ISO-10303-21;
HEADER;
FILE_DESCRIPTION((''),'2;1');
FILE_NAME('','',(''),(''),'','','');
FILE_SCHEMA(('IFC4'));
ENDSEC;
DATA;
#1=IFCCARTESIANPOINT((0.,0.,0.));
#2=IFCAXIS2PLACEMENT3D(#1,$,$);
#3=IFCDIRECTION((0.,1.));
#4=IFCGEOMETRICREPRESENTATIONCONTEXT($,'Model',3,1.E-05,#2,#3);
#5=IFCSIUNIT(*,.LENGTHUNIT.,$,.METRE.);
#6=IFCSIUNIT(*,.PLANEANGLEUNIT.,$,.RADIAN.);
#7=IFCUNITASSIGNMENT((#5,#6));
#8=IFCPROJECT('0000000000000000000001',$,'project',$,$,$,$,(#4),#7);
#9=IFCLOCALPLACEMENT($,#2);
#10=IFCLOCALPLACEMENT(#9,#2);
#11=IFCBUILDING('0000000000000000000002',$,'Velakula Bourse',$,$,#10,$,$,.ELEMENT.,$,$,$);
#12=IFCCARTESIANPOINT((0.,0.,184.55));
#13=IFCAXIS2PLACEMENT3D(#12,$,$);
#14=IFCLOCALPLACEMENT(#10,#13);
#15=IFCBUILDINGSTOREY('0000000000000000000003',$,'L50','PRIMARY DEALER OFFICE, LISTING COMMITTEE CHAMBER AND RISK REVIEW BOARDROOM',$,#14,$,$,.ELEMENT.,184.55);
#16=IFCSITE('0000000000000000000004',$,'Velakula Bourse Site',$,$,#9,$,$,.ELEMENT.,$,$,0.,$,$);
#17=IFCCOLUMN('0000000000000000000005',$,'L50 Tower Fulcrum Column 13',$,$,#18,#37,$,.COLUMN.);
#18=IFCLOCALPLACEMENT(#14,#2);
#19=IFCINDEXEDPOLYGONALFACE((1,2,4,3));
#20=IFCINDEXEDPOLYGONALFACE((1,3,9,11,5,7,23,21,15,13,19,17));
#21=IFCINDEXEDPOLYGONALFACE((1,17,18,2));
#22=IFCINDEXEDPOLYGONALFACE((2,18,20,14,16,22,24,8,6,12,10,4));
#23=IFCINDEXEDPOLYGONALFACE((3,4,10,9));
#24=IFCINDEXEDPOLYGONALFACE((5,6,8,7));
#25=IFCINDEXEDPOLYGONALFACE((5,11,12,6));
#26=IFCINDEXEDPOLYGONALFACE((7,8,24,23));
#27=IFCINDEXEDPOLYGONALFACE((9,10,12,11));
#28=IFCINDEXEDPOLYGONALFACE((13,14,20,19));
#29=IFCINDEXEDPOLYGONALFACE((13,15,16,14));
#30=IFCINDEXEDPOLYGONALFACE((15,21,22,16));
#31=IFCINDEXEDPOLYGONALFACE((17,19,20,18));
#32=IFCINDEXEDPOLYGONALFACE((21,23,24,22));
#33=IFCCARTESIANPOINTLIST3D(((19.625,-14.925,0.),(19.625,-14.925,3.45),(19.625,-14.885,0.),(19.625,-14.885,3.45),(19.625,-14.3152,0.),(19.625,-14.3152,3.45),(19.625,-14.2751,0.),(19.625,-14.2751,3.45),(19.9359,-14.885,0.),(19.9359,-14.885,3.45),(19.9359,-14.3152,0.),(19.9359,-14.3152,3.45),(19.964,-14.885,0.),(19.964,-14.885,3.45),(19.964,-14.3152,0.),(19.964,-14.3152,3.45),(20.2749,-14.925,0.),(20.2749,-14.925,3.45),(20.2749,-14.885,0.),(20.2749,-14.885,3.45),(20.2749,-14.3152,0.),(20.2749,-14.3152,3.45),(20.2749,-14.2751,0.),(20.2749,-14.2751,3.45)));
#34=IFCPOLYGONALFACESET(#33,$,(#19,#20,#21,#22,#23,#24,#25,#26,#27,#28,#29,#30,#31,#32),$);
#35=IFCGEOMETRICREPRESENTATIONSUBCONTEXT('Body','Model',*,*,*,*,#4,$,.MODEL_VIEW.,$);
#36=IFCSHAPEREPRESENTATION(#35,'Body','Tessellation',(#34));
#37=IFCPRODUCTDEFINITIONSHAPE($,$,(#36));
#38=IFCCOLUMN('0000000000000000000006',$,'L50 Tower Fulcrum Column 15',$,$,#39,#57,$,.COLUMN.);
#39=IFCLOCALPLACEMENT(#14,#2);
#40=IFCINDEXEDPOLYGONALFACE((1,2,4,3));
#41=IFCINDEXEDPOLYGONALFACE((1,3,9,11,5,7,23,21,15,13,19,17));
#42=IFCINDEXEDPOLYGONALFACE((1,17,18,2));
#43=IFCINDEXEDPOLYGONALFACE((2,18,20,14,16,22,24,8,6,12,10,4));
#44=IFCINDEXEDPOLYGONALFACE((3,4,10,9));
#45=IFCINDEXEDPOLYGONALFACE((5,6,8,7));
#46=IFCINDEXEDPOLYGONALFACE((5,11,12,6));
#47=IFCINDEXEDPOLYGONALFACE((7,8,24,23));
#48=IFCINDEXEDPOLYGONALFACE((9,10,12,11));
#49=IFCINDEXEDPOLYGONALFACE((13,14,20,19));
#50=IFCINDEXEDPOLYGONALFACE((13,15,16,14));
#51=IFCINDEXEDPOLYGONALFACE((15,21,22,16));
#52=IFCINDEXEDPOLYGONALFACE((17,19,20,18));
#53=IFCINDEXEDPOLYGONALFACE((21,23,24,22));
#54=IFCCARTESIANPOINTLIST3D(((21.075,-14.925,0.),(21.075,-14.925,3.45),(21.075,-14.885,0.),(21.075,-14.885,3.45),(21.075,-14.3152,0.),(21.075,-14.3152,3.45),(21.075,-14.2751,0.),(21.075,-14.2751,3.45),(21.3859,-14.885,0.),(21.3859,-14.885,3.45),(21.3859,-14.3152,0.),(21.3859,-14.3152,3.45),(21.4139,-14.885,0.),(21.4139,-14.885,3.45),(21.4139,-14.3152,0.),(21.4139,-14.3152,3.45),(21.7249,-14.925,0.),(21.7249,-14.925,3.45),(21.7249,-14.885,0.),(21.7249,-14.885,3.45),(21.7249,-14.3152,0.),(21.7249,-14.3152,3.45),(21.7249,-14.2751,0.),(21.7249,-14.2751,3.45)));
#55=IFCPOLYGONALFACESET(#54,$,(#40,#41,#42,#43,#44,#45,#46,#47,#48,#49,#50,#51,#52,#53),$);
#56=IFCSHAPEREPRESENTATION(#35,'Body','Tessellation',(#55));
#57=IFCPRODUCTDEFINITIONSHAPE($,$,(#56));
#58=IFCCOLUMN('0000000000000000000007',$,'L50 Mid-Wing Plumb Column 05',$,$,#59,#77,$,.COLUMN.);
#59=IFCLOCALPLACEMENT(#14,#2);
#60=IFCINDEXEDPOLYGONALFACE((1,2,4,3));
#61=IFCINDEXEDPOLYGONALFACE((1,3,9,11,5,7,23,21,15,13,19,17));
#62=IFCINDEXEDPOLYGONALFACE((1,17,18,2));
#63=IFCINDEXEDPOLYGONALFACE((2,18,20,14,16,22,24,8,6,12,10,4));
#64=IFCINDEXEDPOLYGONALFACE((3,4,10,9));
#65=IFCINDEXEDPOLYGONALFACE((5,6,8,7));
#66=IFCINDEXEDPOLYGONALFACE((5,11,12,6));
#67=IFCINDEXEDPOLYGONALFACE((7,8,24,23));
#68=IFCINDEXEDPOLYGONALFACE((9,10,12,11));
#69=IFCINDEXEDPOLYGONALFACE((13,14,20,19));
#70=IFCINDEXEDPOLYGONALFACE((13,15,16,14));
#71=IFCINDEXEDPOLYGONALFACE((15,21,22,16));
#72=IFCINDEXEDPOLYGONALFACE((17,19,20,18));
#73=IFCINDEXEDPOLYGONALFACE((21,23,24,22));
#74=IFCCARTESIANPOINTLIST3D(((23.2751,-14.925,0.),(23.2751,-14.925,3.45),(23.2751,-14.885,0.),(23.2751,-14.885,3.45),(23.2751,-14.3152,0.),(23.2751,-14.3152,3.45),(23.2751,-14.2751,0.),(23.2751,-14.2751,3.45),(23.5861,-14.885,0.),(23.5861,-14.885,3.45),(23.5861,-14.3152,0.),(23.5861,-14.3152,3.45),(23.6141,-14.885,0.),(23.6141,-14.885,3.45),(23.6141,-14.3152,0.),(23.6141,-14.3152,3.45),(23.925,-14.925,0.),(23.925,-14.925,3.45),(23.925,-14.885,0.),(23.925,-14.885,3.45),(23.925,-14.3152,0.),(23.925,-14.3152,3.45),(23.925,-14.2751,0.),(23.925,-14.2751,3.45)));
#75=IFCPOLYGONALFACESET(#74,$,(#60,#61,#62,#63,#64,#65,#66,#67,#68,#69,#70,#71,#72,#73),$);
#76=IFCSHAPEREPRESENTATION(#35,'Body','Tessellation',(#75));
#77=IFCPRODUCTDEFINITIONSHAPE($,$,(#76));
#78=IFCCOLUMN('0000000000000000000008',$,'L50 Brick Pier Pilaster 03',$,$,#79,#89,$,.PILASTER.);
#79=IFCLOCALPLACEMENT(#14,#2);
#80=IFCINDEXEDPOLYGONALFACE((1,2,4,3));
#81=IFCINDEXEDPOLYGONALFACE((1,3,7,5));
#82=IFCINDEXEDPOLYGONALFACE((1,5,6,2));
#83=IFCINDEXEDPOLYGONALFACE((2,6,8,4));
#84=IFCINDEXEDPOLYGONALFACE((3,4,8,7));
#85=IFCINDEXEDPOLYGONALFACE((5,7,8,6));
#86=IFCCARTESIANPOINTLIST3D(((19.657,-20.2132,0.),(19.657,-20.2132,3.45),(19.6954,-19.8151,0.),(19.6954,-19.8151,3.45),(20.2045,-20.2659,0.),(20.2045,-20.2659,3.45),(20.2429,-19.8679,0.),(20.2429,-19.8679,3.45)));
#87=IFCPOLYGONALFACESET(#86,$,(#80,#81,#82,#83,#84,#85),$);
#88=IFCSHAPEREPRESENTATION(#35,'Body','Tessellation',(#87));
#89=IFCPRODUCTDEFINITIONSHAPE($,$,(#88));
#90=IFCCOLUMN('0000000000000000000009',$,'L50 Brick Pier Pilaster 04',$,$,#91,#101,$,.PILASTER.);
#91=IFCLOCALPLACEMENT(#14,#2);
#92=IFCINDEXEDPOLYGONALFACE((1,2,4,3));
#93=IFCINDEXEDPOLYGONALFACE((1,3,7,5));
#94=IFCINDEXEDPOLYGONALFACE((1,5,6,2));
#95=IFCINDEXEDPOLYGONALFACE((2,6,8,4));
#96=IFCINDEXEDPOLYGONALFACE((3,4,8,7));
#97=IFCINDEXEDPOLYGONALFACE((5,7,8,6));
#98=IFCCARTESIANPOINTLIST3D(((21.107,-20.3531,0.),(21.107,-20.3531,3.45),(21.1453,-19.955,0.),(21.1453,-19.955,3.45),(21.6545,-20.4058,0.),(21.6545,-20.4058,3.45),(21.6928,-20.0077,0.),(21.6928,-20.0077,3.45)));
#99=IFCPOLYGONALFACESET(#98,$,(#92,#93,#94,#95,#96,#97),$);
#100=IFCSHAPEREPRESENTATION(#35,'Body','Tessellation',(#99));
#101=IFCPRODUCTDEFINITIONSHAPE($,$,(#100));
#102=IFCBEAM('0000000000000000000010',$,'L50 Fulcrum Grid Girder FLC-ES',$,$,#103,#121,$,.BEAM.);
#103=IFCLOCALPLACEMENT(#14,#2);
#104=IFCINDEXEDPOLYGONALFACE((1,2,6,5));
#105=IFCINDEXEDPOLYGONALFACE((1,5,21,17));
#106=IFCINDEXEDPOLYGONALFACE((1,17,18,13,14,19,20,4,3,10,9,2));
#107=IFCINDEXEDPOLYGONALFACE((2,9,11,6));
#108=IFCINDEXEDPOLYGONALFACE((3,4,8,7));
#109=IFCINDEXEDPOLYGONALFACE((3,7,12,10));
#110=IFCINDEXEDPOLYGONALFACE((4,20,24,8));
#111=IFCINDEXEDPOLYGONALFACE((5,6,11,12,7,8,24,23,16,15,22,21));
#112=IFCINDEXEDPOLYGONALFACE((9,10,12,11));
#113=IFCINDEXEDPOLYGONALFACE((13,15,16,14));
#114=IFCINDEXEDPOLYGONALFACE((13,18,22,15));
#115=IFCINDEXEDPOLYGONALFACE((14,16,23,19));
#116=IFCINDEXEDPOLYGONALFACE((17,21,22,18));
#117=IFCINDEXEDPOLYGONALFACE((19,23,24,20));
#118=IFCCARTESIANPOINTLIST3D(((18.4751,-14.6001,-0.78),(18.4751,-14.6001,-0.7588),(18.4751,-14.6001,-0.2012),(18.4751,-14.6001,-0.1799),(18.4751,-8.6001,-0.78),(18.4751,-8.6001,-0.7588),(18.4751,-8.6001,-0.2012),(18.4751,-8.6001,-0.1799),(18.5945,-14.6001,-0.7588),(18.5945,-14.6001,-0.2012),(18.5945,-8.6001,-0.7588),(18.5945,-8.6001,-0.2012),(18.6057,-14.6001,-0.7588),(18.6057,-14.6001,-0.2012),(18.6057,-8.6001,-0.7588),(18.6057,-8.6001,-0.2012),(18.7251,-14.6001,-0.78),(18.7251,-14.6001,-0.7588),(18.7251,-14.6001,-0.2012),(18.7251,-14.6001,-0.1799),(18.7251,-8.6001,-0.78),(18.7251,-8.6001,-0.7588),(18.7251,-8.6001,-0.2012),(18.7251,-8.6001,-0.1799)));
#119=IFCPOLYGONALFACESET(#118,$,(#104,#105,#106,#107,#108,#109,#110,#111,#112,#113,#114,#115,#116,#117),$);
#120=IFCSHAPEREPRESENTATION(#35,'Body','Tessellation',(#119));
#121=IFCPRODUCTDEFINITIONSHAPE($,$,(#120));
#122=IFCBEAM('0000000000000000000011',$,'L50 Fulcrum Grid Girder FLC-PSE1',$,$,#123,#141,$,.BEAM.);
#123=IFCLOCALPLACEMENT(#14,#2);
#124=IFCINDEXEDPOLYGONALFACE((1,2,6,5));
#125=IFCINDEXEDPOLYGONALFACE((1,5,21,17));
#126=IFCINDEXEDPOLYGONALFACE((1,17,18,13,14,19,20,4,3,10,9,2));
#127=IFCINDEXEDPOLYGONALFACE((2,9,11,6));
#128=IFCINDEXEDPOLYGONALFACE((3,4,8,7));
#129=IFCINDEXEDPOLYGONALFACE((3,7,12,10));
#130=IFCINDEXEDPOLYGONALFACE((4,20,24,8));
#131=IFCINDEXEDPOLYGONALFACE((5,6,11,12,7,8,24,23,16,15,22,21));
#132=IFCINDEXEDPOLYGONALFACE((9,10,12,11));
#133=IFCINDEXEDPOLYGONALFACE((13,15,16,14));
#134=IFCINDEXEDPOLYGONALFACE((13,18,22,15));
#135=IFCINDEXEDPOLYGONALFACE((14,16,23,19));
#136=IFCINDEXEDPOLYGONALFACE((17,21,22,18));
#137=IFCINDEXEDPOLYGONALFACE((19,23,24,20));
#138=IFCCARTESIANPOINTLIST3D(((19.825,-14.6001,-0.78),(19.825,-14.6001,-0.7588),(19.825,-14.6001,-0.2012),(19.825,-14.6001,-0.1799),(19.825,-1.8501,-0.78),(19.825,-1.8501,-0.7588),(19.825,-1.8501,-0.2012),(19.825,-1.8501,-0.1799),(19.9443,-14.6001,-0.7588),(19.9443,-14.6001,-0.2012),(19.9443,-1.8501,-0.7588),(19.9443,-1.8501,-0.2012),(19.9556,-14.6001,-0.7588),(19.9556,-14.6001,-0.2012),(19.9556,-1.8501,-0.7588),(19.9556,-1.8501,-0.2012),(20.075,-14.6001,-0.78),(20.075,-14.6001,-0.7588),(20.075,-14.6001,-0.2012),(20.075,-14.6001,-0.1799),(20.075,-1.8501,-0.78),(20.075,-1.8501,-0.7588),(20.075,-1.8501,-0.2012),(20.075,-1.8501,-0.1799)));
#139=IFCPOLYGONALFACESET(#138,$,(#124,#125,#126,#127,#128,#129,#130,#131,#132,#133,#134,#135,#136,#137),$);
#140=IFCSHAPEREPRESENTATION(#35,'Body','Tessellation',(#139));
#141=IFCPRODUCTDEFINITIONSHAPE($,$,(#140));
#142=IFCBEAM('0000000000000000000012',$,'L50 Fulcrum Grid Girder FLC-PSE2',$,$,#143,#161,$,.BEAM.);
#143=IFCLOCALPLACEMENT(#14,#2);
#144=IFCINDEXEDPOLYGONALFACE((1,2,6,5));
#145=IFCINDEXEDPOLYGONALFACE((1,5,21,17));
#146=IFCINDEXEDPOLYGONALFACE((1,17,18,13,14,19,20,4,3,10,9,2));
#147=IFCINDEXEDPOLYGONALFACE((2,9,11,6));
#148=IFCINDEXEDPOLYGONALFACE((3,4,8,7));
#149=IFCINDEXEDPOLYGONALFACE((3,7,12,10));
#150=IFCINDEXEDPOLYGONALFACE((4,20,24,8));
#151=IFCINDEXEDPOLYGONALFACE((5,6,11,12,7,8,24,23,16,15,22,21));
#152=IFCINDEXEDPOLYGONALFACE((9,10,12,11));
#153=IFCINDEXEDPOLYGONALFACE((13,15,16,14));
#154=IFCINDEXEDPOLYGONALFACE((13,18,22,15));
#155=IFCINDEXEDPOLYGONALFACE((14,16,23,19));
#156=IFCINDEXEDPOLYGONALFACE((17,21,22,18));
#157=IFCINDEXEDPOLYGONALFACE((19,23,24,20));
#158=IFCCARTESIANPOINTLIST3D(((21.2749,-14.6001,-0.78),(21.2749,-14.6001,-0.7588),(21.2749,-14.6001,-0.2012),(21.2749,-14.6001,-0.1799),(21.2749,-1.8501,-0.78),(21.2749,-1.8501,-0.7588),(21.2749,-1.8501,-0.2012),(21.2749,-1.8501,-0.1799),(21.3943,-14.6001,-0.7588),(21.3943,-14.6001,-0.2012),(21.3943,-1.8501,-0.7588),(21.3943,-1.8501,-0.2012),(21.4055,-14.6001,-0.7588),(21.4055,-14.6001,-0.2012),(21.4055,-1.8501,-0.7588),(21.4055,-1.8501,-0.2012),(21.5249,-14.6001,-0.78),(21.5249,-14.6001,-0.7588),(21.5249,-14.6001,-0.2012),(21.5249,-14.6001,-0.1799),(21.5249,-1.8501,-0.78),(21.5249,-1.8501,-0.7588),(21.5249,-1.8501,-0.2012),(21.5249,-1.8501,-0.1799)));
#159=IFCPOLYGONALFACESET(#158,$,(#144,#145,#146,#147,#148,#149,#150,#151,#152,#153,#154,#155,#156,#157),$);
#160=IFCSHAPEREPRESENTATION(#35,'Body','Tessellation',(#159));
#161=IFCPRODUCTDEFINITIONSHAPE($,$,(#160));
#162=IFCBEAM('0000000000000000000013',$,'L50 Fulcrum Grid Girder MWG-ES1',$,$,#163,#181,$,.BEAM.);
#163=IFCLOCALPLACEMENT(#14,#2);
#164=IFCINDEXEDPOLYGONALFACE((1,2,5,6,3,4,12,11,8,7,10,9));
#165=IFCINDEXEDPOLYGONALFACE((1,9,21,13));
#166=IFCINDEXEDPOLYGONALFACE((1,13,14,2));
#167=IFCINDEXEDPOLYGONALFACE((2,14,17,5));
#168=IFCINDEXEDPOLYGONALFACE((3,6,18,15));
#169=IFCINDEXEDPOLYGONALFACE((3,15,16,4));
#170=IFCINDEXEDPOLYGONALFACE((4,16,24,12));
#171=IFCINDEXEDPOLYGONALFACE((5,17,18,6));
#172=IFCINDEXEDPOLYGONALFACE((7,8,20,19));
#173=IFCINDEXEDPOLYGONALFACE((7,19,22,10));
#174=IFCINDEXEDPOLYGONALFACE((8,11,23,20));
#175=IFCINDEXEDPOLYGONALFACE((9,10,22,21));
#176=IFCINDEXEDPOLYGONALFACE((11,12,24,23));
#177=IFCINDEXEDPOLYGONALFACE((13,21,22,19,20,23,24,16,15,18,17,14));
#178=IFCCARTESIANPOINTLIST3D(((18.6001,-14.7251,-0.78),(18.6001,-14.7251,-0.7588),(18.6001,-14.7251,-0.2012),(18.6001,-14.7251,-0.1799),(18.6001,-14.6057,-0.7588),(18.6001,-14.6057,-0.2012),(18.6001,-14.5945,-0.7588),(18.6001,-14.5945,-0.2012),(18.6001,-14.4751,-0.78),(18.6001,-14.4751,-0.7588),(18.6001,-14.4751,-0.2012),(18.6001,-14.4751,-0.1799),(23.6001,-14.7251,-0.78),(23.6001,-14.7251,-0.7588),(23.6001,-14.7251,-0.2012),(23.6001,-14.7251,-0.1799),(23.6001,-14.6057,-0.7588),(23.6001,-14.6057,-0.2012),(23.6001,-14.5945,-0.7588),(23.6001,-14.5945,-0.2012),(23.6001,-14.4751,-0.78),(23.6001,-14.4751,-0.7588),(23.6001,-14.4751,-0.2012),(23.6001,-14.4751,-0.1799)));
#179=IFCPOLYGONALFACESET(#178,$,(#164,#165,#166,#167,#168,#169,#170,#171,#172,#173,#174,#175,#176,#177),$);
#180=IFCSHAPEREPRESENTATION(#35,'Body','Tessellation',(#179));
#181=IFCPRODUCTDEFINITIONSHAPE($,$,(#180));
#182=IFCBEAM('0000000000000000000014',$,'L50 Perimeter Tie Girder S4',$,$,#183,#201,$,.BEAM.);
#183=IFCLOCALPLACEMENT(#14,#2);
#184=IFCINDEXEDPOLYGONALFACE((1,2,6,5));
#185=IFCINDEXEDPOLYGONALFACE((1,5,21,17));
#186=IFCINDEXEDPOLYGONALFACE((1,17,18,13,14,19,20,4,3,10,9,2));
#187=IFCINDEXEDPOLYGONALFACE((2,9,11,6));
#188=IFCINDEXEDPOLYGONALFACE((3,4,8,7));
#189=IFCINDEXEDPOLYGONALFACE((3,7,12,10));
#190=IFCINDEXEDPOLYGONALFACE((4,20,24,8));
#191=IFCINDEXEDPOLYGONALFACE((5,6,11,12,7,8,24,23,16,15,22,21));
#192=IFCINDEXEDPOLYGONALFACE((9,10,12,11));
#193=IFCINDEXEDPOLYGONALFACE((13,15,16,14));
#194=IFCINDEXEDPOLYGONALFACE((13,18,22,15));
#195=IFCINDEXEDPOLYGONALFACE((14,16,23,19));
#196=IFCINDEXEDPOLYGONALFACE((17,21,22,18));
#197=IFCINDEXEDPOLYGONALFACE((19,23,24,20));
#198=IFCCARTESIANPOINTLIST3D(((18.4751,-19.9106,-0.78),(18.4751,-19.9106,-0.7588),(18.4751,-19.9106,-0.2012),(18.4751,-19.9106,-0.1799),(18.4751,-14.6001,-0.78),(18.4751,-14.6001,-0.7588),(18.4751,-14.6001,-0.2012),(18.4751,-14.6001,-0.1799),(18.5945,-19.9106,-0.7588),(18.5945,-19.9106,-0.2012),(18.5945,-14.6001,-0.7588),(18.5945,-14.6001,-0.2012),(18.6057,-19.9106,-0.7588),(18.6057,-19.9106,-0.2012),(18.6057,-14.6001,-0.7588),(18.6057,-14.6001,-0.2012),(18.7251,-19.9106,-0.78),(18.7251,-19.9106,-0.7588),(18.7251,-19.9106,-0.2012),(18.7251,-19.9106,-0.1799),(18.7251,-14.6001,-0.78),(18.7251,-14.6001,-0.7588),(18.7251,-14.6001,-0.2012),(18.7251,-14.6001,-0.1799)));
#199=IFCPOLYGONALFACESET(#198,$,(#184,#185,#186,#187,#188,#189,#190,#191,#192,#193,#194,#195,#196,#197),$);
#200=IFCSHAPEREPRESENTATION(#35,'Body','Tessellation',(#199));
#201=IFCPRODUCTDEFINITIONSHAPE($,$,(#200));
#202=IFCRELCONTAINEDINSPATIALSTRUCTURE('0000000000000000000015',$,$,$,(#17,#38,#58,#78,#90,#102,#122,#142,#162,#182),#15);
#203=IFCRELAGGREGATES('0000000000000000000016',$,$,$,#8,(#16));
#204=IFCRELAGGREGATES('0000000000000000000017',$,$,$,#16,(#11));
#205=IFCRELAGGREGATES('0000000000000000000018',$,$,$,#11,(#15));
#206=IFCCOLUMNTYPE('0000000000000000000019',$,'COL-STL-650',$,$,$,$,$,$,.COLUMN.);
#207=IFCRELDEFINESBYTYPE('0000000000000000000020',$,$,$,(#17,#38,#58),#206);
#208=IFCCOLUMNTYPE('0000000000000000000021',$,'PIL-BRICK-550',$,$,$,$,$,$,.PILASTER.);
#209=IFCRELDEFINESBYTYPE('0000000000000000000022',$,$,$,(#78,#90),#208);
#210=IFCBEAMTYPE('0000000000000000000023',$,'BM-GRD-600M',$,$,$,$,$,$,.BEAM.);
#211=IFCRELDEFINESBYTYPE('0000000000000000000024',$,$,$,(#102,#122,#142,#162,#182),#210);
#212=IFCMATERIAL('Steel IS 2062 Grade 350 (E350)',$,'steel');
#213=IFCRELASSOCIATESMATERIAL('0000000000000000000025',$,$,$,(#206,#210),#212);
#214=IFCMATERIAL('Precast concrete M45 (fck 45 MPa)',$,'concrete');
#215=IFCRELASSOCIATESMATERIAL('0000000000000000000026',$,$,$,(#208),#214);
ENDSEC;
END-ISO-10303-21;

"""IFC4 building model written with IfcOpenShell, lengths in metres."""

from ifc_helpers import new_model, si_unit, direction, frame, origin, origin_2d, place, context, subcontext, project, spatial, rectangle, i_section, extrude, material, material_profile, profile_set, type_object, element, save


model = new_model("IFC4")

# Units and contexts
model_context = context("Model", 3, precision=1e-05, world=origin(), true_north=direction((0.0, 1.0)))
body_context = subcontext(model_context, "Body", "Model", "MODEL_VIEW")
ifc_project = project(units=[si_unit("LENGTHUNIT", "METRE"), si_unit("PLANEANGLEUNIT", "RADIAN")], contexts=[model_context])

# Site, building, storey
site_placement = place(None, origin())
site = spatial("IfcSite", under=ifc_project, at=site_placement, Name="Velakula Bourse Site", CompositionType="ELEMENT", RefElevation=0.0)
building_placement = place(site_placement, origin())
building = spatial("IfcBuilding", under=site, at=building_placement, Name="Velakula Bourse", CompositionType="ELEMENT")
storey_placement = place(building_placement, frame((0.0, 0.0, 184.55)))
storey = spatial("IfcBuildingStorey", under=building, at=storey_placement, Name="L50", Description="PRIMARY DEALER OFFICE, LISTING COMMITTEE CHAMBER AND RISK REVIEW BOARDROOM", CompositionType="ELEMENT", Elevation=184.55)

# Columns
ifc_material_1 = material(Name="Steel IS 2062 Grade 350 (E350)", Category="steel")
ifc_material_profile_1 = material_profile(ifc_material_1, i_section(OverallWidth=0.6499, OverallDepth=0.6499, WebThickness=0.0281, FlangeThickness=0.04, at=origin_2d()), Name="Steel IS 2062 Grade 350 (E350)")
ifc_profile_set_1 = profile_set([ifc_material_profile_1], Name="Steel IS 2062 Grade 350 (E350)")
column_type_1 = type_object("IfcColumnType", Name="COL-STL-650", PredefinedType="COLUMN", material=ifc_profile_set_1)
for number, where, z_axis, x_axis, name in (
    (1, (19.95, -14.6001, 0.0), (0.0, 0.0, 1.0), (1.0, 0.0, 0.0), "L50 Tower Fulcrum Column 13"),
    (2, (21.3999, -14.6001, 0.0), (0.0, 0.0, 1.0), (1.0, 0.0, 0.0), "L50 Tower Fulcrum Column 15"),
    (3, (23.6001, -14.6001, 0.0), (0.0, 0.0, 1.0), (1.0, 0.0, 0.0), "L50 Mid-Wing Plumb Column 05"),
):
    element("IfcColumn", number, at=place(storey_placement, frame(where, z_axis=z_axis, x_axis=x_axis)), inside=storey, type_object=column_type_1, Name=name, PredefinedType="COLUMN", context=body_context, shape_type="SweptSolid", body=[
        extrude(i_section(OverallWidth=0.6499, OverallDepth=0.6499, WebThickness=0.0281, FlangeThickness=0.04, at=origin_2d()), origin(), (0.0, 0.0, 1.0), 3.45),
    ])
ifc_material_2 = material(Name="Precast concrete M45 (fck 45 MPa)", Category="concrete")
ifc_material_profile_2 = material_profile(ifc_material_2, rectangle(XDim=0.55, YDim=0.3999, at=origin_2d()), Name="Precast concrete M45 (fck 45 MPa)")
ifc_profile_set_2 = profile_set([ifc_material_profile_2], Name="Precast concrete M45 (fck 45 MPa)")
column_type_2 = type_object("IfcColumnType", Name="PIL-BRICK-550", PredefinedType="PILASTER", material=ifc_profile_set_2)
for number, where, z_axis, x_axis, name in (
    (4, (19.95, -20.0405, 0.0), (0.0, 0.0, 1.0), (0.995396, -0.095846, 0.0), "L50 Brick Pier Pilaster 03"),
    (5, (21.3999, -20.1804, 0.0), (0.0, 0.0, 1.0), (0.995396, -0.095846, 0.0), "L50 Brick Pier Pilaster 04"),
):
    element("IfcColumn", number, at=place(storey_placement, frame(where, z_axis=z_axis, x_axis=x_axis)), inside=storey, type_object=column_type_2, Name=name, PredefinedType="PILASTER", context=body_context, shape_type="SweptSolid", body=[
        extrude(rectangle(XDim=0.55, YDim=0.3999, at=origin_2d()), origin(), (0.0, 0.0, 1.0), 3.45),
    ])

# Beams
ifc_material_profile_3 = material_profile(ifc_material_1, i_section(OverallWidth=0.25, OverallDepth=0.6001, WebThickness=0.0112, FlangeThickness=0.0212, at=origin_2d()), Name="Steel IS 2062 Grade 350 (E350)")
ifc_profile_set_3 = profile_set([ifc_material_profile_3], Name="Steel IS 2062 Grade 350 (E350)")
beam_type_1 = type_object("IfcBeamType", Name="BM-GRD-600M", PredefinedType="BEAM", material=ifc_profile_set_3)
beam_1_placement = place(storey_placement, frame((18.6001, -14.6001, -0.48), z_axis=(0.0, 1.0, 0.0), x_axis=(-1.0, 0.0, 0.0)))
element("IfcBeam", 6, at=beam_1_placement, inside=storey, type_object=beam_type_1, Name="L50 Fulcrum Grid Girder FLC-ES", PredefinedType="BEAM", context=body_context, shape_type="SweptSolid", body=[
    extrude(i_section(OverallWidth=0.25, OverallDepth=0.6001, WebThickness=0.0112, FlangeThickness=0.0212, at=origin_2d()), origin(), (0.0, 0.0, 1.0), 6.0),
])
for number, where, z_axis, x_axis, name in (
    (7, (19.95, -14.6001, -0.48), (0.0, 1.0, 0.0), (-1.0, 0.0, 0.0), "L50 Fulcrum Grid Girder FLC-PSE1"),
    (8, (21.3999, -14.6001, -0.48), (0.0, 1.0, 0.0), (-1.0, 0.0, 0.0), "L50 Fulcrum Grid Girder FLC-PSE2"),
):
    element("IfcBeam", number, at=place(storey_placement, frame(where, z_axis=z_axis, x_axis=x_axis)), inside=storey, type_object=beam_type_1, Name=name, PredefinedType="BEAM", context=body_context, shape_type="SweptSolid", body=[
        extrude(i_section(OverallWidth=0.25, OverallDepth=0.6001, WebThickness=0.0112, FlangeThickness=0.0212, at=origin_2d()), origin(), (0.0, 0.0, 1.0), 12.75),
    ])
beam_2_placement = place(storey_placement, frame((18.6001, -14.6001, -0.48), z_axis=(1.0, 0.0, 0.0), x_axis=(0.0, 1.0, 0.0)))
element("IfcBeam", 9, at=beam_2_placement, inside=storey, type_object=beam_type_1, Name="L50 Fulcrum Grid Girder MWG-ES1", PredefinedType="BEAM", context=body_context, shape_type="SweptSolid", body=[
    extrude(i_section(OverallWidth=0.25, OverallDepth=0.6001, WebThickness=0.0112, FlangeThickness=0.0212, at=origin_2d()), origin(), (0.0, 0.0, 1.0), 5.0),
])
beam_3_placement = place(storey_placement, frame((18.6001, -14.6001, -0.48), z_axis=(0.0, -1.0, 0.0), x_axis=(1.0, 0.0, 0.0)))
element("IfcBeam", 10, at=beam_3_placement, inside=storey, type_object=beam_type_1, Name="L50 Perimeter Tie Girder S4", PredefinedType="BEAM", context=body_context, shape_type="SweptSolid", body=[
    extrude(i_section(OverallWidth=0.25, OverallDepth=0.6001, WebThickness=0.0112, FlangeThickness=0.0212, at=origin_2d()), origin(), (0.0, 0.0, 1.0), 5.3105),
])

save(model, "model.ifc")
